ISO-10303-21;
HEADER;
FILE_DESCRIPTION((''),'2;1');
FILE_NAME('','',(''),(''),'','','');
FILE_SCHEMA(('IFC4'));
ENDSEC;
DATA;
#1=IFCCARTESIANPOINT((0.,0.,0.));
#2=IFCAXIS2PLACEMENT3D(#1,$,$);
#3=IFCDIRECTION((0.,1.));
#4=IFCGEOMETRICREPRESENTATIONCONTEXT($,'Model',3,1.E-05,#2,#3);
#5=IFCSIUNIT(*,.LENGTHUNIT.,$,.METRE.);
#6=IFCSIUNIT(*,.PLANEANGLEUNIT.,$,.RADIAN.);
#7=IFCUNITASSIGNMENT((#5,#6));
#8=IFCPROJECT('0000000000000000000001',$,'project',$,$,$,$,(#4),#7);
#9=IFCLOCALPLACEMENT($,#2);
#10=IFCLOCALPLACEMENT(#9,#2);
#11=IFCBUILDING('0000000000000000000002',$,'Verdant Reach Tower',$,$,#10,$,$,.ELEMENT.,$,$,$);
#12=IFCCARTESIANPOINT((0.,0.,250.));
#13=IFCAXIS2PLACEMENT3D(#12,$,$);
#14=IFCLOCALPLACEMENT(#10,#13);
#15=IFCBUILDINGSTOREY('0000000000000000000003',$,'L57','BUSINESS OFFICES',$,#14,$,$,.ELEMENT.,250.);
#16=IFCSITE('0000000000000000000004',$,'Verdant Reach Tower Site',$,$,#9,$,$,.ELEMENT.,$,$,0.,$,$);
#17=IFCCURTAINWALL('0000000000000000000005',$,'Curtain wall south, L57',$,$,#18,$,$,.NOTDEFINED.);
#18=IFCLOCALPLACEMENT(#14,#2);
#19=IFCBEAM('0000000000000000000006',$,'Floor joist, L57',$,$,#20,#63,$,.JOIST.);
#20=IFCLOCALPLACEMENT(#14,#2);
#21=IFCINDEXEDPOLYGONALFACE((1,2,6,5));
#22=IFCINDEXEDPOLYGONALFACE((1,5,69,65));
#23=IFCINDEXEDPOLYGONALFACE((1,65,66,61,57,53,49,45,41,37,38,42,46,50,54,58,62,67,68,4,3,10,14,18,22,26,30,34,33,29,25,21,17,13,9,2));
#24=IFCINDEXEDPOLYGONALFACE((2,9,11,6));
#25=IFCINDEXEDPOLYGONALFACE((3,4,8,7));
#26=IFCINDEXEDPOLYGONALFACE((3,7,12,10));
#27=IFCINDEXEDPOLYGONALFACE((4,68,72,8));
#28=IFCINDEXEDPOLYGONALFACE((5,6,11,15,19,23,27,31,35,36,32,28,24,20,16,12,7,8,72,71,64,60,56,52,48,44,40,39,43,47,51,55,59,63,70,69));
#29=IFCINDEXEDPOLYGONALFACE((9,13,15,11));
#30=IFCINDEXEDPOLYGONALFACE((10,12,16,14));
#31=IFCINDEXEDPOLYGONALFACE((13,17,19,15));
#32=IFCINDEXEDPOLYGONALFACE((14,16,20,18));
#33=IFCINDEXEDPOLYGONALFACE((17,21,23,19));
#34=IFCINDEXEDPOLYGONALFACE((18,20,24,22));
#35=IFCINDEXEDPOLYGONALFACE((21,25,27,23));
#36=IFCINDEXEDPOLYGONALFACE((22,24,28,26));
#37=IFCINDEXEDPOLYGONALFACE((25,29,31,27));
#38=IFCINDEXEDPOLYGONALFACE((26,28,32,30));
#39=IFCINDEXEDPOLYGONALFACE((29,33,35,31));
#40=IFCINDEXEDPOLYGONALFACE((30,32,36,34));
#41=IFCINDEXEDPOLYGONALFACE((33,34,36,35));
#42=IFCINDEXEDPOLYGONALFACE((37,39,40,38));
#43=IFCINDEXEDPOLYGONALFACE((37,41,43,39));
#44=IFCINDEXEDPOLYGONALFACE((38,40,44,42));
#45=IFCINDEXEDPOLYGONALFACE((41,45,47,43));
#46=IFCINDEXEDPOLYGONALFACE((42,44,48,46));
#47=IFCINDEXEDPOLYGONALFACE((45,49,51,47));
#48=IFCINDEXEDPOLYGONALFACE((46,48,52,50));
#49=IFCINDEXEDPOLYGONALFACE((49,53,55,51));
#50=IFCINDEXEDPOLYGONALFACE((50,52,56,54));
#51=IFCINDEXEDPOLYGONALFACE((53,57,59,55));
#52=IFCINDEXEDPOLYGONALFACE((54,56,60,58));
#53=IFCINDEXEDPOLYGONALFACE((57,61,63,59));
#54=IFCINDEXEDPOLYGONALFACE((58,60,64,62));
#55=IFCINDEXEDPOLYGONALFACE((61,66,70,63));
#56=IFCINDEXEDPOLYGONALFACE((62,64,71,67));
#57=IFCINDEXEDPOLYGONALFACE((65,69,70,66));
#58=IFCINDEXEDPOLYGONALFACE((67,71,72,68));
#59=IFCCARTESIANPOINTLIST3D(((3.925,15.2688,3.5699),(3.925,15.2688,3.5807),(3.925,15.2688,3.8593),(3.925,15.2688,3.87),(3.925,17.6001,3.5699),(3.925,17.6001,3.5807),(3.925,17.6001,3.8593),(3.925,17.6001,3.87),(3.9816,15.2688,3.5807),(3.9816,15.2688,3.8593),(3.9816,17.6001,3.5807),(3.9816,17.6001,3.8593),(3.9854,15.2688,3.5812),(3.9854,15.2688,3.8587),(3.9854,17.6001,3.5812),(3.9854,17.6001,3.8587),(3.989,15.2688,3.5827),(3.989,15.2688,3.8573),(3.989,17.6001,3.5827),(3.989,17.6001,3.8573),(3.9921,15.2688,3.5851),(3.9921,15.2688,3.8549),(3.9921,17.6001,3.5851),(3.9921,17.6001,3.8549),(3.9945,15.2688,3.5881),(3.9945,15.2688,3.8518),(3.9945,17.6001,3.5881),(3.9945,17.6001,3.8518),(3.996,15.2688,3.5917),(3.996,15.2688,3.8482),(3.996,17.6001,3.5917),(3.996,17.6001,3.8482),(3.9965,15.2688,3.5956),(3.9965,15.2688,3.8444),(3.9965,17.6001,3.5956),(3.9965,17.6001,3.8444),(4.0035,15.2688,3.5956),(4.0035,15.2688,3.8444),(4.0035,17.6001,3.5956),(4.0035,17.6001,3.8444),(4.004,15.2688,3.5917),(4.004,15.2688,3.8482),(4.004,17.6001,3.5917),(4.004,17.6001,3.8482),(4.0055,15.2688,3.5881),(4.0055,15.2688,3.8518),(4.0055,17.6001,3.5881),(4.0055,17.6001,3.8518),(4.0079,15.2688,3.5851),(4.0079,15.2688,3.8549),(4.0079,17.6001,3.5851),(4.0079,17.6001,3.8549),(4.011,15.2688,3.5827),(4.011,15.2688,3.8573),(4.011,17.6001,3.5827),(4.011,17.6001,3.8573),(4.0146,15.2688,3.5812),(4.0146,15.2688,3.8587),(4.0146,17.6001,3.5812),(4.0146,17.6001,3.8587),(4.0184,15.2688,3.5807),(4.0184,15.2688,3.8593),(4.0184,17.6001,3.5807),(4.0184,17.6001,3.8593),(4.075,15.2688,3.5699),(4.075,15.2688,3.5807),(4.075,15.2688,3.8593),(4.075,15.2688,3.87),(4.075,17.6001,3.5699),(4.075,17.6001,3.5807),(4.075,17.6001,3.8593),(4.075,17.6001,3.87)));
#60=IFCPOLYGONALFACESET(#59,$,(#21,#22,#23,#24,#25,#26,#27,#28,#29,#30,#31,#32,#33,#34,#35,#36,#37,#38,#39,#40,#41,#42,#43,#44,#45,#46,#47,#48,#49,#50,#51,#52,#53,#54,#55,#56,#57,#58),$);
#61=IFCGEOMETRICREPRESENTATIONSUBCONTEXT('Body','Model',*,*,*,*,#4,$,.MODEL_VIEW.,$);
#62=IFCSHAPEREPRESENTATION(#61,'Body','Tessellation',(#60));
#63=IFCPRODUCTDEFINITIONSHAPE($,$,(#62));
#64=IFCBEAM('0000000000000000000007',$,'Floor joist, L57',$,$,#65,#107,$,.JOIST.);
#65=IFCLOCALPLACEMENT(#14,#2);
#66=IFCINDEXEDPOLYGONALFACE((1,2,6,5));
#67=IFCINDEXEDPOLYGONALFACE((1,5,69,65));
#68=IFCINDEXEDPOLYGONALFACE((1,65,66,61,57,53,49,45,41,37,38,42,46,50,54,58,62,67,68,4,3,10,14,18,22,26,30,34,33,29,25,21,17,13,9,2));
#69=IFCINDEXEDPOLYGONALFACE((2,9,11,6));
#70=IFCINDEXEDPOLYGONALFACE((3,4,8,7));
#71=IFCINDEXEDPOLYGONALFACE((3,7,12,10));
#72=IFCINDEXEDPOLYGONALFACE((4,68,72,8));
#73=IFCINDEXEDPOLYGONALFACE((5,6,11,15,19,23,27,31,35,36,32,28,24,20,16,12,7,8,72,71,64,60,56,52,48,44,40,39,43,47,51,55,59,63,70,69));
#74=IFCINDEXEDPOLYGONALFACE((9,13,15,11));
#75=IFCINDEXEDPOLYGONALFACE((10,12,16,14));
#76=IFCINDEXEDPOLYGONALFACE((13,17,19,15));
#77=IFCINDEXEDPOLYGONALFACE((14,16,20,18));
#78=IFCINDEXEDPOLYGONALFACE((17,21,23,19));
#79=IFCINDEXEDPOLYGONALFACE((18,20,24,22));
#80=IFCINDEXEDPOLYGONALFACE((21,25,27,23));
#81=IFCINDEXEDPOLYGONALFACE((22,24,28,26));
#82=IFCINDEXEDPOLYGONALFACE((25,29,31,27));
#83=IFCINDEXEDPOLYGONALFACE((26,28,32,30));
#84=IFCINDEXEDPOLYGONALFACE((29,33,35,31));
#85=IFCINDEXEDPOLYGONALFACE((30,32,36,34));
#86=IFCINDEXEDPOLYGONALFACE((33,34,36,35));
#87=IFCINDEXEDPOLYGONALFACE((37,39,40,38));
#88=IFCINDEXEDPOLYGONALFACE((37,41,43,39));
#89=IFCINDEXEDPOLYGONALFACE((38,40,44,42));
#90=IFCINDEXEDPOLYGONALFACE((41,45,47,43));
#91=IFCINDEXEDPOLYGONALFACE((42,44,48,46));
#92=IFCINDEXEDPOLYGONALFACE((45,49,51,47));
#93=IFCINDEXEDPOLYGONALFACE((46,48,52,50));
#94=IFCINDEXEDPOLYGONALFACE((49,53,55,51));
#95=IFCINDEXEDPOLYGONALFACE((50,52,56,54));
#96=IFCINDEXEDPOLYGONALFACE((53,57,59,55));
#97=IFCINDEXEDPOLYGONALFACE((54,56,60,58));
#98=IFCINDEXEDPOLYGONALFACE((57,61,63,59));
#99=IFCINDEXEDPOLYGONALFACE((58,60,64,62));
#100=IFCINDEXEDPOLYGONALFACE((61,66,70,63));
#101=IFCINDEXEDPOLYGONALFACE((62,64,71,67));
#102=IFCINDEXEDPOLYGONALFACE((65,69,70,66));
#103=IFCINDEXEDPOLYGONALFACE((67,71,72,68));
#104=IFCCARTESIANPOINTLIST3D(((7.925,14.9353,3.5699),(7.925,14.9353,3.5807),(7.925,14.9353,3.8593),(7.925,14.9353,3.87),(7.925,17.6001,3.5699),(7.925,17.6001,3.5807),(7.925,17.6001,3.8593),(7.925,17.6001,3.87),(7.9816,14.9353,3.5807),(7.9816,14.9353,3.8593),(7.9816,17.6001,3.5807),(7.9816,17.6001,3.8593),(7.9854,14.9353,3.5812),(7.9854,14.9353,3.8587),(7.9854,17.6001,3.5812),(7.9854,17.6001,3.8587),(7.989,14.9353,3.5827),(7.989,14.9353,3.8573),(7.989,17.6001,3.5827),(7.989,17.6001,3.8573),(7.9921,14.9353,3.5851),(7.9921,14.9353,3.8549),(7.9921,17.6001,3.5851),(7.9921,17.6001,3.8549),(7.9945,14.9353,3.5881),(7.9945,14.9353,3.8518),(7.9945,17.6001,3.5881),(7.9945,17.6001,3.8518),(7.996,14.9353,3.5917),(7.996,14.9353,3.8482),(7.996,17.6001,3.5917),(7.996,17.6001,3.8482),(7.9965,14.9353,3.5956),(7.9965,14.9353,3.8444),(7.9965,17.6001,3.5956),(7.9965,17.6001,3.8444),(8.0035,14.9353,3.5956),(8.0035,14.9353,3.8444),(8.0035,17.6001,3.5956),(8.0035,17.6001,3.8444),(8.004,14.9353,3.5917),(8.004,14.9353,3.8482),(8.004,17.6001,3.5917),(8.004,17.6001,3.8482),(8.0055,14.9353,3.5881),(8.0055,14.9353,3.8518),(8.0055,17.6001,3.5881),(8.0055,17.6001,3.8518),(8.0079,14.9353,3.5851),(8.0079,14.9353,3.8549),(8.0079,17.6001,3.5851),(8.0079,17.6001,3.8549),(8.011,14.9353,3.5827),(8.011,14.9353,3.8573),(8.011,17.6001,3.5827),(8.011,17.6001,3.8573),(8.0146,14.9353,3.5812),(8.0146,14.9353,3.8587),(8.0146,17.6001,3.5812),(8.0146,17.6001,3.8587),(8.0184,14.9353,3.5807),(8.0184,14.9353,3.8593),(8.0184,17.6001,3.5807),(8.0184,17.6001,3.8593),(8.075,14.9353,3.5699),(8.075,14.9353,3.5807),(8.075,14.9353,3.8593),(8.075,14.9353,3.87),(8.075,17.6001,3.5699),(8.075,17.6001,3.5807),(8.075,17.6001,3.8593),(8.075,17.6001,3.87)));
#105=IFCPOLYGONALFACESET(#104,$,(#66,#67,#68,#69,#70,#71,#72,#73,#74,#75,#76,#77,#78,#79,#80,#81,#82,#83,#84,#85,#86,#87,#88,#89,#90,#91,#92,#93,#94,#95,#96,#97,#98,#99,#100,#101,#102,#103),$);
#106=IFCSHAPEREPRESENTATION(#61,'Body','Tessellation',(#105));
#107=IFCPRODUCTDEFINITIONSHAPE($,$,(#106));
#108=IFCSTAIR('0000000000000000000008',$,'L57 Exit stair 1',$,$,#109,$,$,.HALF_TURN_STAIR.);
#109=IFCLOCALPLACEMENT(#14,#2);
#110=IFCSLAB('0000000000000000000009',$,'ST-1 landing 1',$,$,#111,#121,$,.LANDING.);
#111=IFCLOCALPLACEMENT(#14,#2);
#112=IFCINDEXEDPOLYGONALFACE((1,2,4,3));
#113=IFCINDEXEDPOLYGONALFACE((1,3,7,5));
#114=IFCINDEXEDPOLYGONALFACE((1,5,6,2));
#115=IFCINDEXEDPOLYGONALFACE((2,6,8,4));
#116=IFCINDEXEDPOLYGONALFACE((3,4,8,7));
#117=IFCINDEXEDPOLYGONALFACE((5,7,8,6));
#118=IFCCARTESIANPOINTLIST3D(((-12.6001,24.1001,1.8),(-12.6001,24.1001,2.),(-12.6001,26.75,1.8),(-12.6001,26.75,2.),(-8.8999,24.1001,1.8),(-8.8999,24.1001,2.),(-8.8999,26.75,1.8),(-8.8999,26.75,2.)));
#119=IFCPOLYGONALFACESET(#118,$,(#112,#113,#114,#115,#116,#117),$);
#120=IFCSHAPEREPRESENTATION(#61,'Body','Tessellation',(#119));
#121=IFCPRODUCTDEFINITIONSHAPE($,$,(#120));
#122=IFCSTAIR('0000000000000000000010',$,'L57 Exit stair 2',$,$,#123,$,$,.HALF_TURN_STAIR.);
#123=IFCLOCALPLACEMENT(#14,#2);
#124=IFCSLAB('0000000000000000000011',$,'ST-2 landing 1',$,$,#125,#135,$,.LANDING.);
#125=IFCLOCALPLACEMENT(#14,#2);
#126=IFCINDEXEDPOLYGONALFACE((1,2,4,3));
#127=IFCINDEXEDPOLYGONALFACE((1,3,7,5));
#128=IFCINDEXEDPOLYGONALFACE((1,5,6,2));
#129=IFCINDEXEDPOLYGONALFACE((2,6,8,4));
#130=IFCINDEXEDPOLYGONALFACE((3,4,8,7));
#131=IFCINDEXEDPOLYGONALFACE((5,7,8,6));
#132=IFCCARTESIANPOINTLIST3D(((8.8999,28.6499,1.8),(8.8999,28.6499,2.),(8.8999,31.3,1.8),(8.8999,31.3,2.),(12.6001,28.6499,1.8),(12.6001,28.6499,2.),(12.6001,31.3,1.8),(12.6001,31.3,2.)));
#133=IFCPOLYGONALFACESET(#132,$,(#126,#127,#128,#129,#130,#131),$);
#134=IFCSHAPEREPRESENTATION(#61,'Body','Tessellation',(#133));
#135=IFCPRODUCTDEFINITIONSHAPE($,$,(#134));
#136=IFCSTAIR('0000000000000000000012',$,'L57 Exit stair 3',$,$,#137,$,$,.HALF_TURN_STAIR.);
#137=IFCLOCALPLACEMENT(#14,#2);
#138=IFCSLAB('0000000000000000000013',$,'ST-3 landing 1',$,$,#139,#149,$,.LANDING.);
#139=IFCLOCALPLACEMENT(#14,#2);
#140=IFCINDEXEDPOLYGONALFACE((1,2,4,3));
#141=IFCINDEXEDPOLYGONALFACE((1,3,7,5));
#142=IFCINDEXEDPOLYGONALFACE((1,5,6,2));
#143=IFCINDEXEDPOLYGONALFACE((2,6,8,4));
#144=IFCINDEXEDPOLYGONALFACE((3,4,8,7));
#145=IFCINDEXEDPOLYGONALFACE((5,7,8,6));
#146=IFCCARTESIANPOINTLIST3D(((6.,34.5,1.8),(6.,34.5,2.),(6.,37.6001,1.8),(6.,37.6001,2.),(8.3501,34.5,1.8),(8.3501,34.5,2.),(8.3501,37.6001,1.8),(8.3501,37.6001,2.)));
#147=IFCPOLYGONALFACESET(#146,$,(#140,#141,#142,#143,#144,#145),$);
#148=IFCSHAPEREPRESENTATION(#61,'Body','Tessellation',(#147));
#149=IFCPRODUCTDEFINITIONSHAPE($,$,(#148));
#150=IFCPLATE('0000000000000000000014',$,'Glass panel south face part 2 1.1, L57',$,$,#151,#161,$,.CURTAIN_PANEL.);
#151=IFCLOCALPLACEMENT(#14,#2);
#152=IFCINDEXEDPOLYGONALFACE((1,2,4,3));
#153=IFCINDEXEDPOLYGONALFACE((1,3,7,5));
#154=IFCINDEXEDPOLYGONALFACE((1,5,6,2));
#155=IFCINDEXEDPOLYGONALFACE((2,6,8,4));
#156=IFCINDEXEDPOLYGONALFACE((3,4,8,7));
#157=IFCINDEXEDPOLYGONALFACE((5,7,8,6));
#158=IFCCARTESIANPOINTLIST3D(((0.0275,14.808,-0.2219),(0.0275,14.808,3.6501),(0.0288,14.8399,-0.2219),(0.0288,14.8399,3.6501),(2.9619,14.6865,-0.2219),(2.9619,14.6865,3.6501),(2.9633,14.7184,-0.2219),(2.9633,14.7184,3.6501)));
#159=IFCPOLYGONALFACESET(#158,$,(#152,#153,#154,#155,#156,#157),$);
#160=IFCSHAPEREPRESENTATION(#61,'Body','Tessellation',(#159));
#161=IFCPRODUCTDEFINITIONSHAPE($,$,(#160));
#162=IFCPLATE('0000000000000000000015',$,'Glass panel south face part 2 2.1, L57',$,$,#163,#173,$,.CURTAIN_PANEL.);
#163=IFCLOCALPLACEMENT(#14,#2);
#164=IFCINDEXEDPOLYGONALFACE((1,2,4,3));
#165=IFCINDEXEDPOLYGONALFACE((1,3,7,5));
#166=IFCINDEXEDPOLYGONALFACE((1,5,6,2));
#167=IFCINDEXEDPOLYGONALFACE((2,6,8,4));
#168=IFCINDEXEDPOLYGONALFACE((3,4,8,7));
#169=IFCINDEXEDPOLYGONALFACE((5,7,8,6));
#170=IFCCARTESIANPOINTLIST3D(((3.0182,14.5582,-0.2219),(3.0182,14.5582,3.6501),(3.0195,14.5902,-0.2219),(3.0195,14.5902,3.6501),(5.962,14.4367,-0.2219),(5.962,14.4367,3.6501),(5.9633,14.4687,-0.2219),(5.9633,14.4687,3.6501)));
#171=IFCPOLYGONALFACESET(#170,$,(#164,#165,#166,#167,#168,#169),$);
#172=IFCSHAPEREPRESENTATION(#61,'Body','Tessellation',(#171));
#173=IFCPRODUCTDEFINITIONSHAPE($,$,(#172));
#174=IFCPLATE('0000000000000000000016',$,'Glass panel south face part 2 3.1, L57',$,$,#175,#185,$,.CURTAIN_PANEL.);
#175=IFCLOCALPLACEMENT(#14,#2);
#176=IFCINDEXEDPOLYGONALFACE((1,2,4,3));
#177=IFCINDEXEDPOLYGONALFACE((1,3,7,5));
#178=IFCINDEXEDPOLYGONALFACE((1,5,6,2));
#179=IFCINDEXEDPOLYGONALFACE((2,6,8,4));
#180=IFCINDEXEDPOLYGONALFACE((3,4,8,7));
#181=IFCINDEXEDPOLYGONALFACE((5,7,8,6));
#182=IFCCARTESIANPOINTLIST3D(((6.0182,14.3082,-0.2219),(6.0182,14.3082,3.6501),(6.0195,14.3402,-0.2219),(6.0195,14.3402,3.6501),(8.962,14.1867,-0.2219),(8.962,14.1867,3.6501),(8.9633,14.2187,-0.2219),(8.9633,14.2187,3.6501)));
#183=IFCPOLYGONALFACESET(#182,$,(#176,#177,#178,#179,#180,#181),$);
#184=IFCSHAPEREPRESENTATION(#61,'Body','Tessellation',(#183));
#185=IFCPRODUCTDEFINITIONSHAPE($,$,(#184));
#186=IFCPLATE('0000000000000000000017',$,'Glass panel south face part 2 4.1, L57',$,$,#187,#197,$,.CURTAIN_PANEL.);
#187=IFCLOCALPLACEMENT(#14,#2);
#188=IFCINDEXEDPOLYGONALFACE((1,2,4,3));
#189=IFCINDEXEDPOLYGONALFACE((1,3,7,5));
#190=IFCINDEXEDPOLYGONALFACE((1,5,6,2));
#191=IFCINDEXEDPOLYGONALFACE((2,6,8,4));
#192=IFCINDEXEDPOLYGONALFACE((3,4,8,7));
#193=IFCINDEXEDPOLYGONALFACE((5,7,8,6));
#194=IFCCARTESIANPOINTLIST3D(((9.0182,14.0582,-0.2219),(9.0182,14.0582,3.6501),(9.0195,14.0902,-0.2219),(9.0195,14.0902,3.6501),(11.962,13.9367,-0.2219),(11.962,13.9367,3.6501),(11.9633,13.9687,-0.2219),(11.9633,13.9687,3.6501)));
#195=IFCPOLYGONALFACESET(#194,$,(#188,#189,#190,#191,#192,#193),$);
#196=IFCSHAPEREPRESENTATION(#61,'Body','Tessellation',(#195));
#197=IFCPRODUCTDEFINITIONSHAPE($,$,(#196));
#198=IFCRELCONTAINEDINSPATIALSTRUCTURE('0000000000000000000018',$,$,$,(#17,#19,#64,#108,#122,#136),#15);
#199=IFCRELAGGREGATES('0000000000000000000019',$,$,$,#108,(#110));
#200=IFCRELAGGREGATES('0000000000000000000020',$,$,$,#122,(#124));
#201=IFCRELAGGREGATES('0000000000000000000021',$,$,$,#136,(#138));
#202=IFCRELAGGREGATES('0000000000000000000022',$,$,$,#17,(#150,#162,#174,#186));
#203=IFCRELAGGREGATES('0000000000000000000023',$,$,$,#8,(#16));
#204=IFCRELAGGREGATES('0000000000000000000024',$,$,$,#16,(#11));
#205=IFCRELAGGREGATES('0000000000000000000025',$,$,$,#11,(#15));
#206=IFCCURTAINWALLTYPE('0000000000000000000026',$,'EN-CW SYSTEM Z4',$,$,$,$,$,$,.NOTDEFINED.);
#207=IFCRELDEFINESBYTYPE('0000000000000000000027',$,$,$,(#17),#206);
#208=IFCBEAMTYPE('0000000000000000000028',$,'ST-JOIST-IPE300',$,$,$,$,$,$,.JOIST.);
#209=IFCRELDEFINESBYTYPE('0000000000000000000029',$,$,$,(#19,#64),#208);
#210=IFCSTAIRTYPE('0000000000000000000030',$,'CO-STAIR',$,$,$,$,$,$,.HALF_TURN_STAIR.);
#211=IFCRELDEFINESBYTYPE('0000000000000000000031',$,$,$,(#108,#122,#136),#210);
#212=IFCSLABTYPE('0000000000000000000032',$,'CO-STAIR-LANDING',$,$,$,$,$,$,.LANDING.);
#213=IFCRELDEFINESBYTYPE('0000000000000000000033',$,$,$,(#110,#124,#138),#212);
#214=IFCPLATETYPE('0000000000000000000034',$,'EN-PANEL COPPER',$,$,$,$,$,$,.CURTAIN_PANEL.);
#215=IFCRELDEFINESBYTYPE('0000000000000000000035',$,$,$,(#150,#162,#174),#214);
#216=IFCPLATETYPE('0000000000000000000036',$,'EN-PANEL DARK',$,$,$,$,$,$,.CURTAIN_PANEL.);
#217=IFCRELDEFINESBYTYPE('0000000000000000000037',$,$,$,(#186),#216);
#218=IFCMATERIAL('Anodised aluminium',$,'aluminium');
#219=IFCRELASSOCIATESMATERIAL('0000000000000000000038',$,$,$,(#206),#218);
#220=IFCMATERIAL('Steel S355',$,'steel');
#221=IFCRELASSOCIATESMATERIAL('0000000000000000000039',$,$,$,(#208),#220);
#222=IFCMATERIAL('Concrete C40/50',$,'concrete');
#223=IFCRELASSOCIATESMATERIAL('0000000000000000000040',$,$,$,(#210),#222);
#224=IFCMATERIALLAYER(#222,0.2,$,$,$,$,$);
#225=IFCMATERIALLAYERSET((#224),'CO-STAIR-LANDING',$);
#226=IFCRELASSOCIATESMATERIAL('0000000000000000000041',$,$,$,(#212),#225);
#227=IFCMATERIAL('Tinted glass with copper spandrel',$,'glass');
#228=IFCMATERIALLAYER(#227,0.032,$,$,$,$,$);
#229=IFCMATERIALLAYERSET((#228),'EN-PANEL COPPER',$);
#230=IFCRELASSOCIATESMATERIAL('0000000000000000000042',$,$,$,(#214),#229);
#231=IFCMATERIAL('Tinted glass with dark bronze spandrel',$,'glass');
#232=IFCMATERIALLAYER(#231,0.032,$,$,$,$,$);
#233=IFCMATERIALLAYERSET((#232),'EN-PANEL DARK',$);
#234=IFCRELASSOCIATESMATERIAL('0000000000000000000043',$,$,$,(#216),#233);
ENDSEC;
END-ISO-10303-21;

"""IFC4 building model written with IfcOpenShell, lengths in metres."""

from ifc_helpers import new_model, si_unit, direction, frame, origin, origin_2d, place, context, subcontext, project, spatial, polyline, rectangle, i_section, outline, extrude, material, layer, layer_set, material_profile, profile_set, type_object, element, aggregate, save


model = new_model("IFC4")

# Units and contexts
model_context = context("Model", 3, precision=1e-05, world=origin(), true_north=direction((0.0, 1.0)))
body_context = subcontext(model_context, "Body", "Model", "MODEL_VIEW")
ifc_project = project(units=[si_unit("LENGTHUNIT", "METRE"), si_unit("PLANEANGLEUNIT", "RADIAN")], contexts=[model_context])

# Site, building, storey
site_placement = place(None, origin())
site = spatial("IfcSite", under=ifc_project, at=site_placement, Name="Verdant Reach Tower Site", CompositionType="ELEMENT", RefElevation=0.0)
building_placement = place(site_placement, origin())
building = spatial("IfcBuilding", under=site, at=building_placement, Name="Verdant Reach Tower", CompositionType="ELEMENT")
storey_placement = place(building_placement, frame((0.0, 0.0, 250.0)))
storey = spatial("IfcBuildingStorey", under=building, at=storey_placement, Name="L57", Description="BUSINESS OFFICES", CompositionType="ELEMENT", Elevation=250.0)

# Curtain wall
ifc_material_1 = material(Name="Anodised aluminium", Category="aluminium")
curtain_wall_type = type_object("IfcCurtainWallType", Name="EN-CW SYSTEM Z4", PredefinedType="NOTDEFINED", material=ifc_material_1)
curtain_wall_placement = place(storey_placement, origin())
curtain_wall = element("IfcCurtainWall", 1, at=curtain_wall_placement, inside=storey, type_object=curtain_wall_type, Name="Curtain wall south, L57", PredefinedType="NOTDEFINED")

# Beams
ifc_material_2 = material(Name="Steel S355", Category="steel")
ifc_material_profile_1 = material_profile(ifc_material_2, i_section(OverallWidth=0.1499, OverallDepth=0.3, WebThickness=0.0071, FlangeThickness=0.0107, FilletRadius=0.0149, at=origin_2d()), Name="IPE 300")
ifc_profile_set_1 = profile_set([ifc_material_profile_1], Name="Steel S355")
beam_type = type_object("IfcBeamType", Name="ST-JOIST-IPE300", PredefinedType="JOIST", material=ifc_profile_set_1)
beam_1_placement = place(storey_placement, frame((4.0, 17.6001, 3.72), z_axis=(0.0, -1.0, 0.0), x_axis=(1.0, 0.0, 0.0)))
element("IfcBeam", 2, at=beam_1_placement, inside=storey, type_object=beam_type, Name="Floor joist, L57", PredefinedType="JOIST", context=body_context, shape_type="SweptSolid", body=[
    extrude(i_section(OverallWidth=0.1499, OverallDepth=0.3, WebThickness=0.0071, FlangeThickness=0.0107, FilletRadius=0.0149, at=origin_2d()), origin(), (0.0, 0.0, 1.0), 2.3313),
])
beam_2_placement = place(storey_placement, frame((8.0, 17.6001, 3.72), z_axis=(0.0, -1.0, 0.0), x_axis=(1.0, 0.0, 0.0)))
element("IfcBeam", 3, at=beam_2_placement, inside=storey, type_object=beam_type, Name="Floor joist, L57", PredefinedType="JOIST", context=body_context, shape_type="SweptSolid", body=[
    extrude(i_section(OverallWidth=0.1499, OverallDepth=0.3, WebThickness=0.0071, FlangeThickness=0.0107, FilletRadius=0.0149, at=origin_2d()), origin(), (0.0, 0.0, 1.0), 2.6648),
])

# Stairs, slabs
ifc_material_3 = material(Name="Concrete C40/50", Category="concrete")
stair_type = type_object("IfcStairType", Name="CO-STAIR", PredefinedType="HALF_TURN_STAIR", material=ifc_material_3)
stair_1_placement = place(storey_placement, origin())
stair_1 = element("IfcStair", 4, at=stair_1_placement, inside=storey, type_object=stair_type, Name="L57 Exit stair 1", PredefinedType="HALF_TURN_STAIR")
ifc_layer_1 = layer(ifc_material_3, 0.2)
ifc_layer_set_1 = layer_set([ifc_layer_1], Name="CO-STAIR-LANDING")
slab_type_1 = type_object("IfcSlabType", Name="CO-STAIR-LANDING", PredefinedType="LANDING", material=ifc_layer_set_1)
slab_1_placement = place(storey_placement, frame((0.0, 0.0, 1.8)))
slab_1 = element("IfcSlab", 5, at=slab_1_placement, type_object=slab_type_1, Name="ST-1 landing 1", PredefinedType="LANDING", context=body_context, shape_type="SweptSolid", body=[
    extrude(outline(polyline([(-12.6001, 26.75), (-12.6001, 24.1001), (-8.8999, 24.1001), (-8.8999, 26.75), (-12.6001, 26.75)])), origin(), (0.0, 0.0, 1.0), 0.2),
])
aggregate(stair_1, [slab_1])
stair_2_placement = place(storey_placement, origin())
stair_2 = element("IfcStair", 6, at=stair_2_placement, inside=storey, type_object=stair_type, Name="L57 Exit stair 2", PredefinedType="HALF_TURN_STAIR")
slab_2_placement = place(storey_placement, frame((0.0, 0.0, 1.8)))
slab_2 = element("IfcSlab", 7, at=slab_2_placement, type_object=slab_type_1, Name="ST-2 landing 1", PredefinedType="LANDING", context=body_context, shape_type="SweptSolid", body=[
    extrude(outline(polyline([(12.6001, 28.6499), (12.6001, 31.3), (8.8999, 31.3), (8.8999, 28.6499), (12.6001, 28.6499)])), origin(), (0.0, 0.0, 1.0), 0.2),
])
aggregate(stair_2, [slab_2])
stair_3_placement = place(storey_placement, origin())
stair_3 = element("IfcStair", 8, at=stair_3_placement, inside=storey, type_object=stair_type, Name="L57 Exit stair 3", PredefinedType="HALF_TURN_STAIR")
slab_3_placement = place(storey_placement, frame((0.0, 0.0, 1.8)))
slab_3 = element("IfcSlab", 9, at=slab_3_placement, type_object=slab_type_1, Name="ST-3 landing 1", PredefinedType="LANDING", context=body_context, shape_type="SweptSolid", body=[
    extrude(outline(polyline([(8.3501, 37.6001), (6.0, 37.6001), (6.0, 34.5), (8.3501, 34.5), (8.3501, 37.6001)])), origin(), (0.0, 0.0, 1.0), 0.2),
])
aggregate(stair_3, [slab_3])

# Plates
ifc_material_4 = material(Name="Tinted glass with copper spandrel", Category="glass")
ifc_layer_2 = layer(ifc_material_4, 0.032)
ifc_layer_set_2 = layer_set([ifc_layer_2], Name="EN-PANEL COPPER")
plate_type_1 = type_object("IfcPlateType", Name="EN-PANEL COPPER", PredefinedType="CURTAIN_PANEL", material=ifc_layer_set_2)
plate_1_placement = place(storey_placement, frame((1.4954, 14.7632, -0.2219), z_axis=(0.0, 0.0, 1.0), x_axis=(0.999144, -0.04137, 0.0)))
plate_1 = element("IfcPlate", 10, at=plate_1_placement, type_object=plate_type_1, Name="Glass panel south face part 2 1.1, L57", PredefinedType="CURTAIN_PANEL", context=body_context, shape_type="SweptSolid", body=[
    extrude(rectangle(XDim=2.937, YDim=0.032, at=origin_2d()), origin(), (0.0, 0.0, 1.0), 3.8721),
])
plate_2_placement = place(storey_placement, frame((4.4907, 14.5134, -0.2219), z_axis=(0.0, 0.0, 1.0), x_axis=(0.999149, -0.041242, 0.0)))
plate_2 = element("IfcPlate", 11, at=plate_2_placement, type_object=plate_type_1, Name="Glass panel south face part 2 2.1, L57", PredefinedType="CURTAIN_PANEL", context=body_context, shape_type="SweptSolid", body=[
    extrude(rectangle(XDim=2.9463, YDim=0.032, at=origin_2d()), origin(), (0.0, 0.0, 1.0), 3.8721),
])
plate_3_placement = place(storey_placement, frame((7.4907, 14.2634, -0.2219), z_axis=(0.0, 0.0, 1.0), x_axis=(0.999149, -0.041242, 0.0)))
plate_3 = element("IfcPlate", 12, at=plate_3_placement, type_object=plate_type_1, Name="Glass panel south face part 2 3.1, L57", PredefinedType="CURTAIN_PANEL", context=body_context, shape_type="SweptSolid", body=[
    extrude(rectangle(XDim=2.9463, YDim=0.032, at=origin_2d()), origin(), (0.0, 0.0, 1.0), 3.8721),
])
ifc_material_5 = material(Name="Tinted glass with dark bronze spandrel", Category="glass")
ifc_layer_3 = layer(ifc_material_5, 0.032)
ifc_layer_set_3 = layer_set([ifc_layer_3], Name="EN-PANEL DARK")
plate_type_2 = type_object("IfcPlateType", Name="EN-PANEL DARK", PredefinedType="CURTAIN_PANEL", material=ifc_layer_set_3)
plate_4_placement = place(storey_placement, frame((10.4907, 14.0134, -0.2219), z_axis=(0.0, 0.0, 1.0), x_axis=(0.999149, -0.041242, 0.0)))
plate_4 = element("IfcPlate", 13, at=plate_4_placement, type_object=plate_type_2, Name="Glass panel south face part 2 4.1, L57", PredefinedType="CURTAIN_PANEL", context=body_context, shape_type="SweptSolid", body=[
    extrude(rectangle(XDim=2.9463, YDim=0.032, at=origin_2d()), origin(), (0.0, 0.0, 1.0), 3.8721),
])
aggregate(curtain_wall, [plate_1, plate_2, plate_3, plate_4])

save(model, "model.ifc")
